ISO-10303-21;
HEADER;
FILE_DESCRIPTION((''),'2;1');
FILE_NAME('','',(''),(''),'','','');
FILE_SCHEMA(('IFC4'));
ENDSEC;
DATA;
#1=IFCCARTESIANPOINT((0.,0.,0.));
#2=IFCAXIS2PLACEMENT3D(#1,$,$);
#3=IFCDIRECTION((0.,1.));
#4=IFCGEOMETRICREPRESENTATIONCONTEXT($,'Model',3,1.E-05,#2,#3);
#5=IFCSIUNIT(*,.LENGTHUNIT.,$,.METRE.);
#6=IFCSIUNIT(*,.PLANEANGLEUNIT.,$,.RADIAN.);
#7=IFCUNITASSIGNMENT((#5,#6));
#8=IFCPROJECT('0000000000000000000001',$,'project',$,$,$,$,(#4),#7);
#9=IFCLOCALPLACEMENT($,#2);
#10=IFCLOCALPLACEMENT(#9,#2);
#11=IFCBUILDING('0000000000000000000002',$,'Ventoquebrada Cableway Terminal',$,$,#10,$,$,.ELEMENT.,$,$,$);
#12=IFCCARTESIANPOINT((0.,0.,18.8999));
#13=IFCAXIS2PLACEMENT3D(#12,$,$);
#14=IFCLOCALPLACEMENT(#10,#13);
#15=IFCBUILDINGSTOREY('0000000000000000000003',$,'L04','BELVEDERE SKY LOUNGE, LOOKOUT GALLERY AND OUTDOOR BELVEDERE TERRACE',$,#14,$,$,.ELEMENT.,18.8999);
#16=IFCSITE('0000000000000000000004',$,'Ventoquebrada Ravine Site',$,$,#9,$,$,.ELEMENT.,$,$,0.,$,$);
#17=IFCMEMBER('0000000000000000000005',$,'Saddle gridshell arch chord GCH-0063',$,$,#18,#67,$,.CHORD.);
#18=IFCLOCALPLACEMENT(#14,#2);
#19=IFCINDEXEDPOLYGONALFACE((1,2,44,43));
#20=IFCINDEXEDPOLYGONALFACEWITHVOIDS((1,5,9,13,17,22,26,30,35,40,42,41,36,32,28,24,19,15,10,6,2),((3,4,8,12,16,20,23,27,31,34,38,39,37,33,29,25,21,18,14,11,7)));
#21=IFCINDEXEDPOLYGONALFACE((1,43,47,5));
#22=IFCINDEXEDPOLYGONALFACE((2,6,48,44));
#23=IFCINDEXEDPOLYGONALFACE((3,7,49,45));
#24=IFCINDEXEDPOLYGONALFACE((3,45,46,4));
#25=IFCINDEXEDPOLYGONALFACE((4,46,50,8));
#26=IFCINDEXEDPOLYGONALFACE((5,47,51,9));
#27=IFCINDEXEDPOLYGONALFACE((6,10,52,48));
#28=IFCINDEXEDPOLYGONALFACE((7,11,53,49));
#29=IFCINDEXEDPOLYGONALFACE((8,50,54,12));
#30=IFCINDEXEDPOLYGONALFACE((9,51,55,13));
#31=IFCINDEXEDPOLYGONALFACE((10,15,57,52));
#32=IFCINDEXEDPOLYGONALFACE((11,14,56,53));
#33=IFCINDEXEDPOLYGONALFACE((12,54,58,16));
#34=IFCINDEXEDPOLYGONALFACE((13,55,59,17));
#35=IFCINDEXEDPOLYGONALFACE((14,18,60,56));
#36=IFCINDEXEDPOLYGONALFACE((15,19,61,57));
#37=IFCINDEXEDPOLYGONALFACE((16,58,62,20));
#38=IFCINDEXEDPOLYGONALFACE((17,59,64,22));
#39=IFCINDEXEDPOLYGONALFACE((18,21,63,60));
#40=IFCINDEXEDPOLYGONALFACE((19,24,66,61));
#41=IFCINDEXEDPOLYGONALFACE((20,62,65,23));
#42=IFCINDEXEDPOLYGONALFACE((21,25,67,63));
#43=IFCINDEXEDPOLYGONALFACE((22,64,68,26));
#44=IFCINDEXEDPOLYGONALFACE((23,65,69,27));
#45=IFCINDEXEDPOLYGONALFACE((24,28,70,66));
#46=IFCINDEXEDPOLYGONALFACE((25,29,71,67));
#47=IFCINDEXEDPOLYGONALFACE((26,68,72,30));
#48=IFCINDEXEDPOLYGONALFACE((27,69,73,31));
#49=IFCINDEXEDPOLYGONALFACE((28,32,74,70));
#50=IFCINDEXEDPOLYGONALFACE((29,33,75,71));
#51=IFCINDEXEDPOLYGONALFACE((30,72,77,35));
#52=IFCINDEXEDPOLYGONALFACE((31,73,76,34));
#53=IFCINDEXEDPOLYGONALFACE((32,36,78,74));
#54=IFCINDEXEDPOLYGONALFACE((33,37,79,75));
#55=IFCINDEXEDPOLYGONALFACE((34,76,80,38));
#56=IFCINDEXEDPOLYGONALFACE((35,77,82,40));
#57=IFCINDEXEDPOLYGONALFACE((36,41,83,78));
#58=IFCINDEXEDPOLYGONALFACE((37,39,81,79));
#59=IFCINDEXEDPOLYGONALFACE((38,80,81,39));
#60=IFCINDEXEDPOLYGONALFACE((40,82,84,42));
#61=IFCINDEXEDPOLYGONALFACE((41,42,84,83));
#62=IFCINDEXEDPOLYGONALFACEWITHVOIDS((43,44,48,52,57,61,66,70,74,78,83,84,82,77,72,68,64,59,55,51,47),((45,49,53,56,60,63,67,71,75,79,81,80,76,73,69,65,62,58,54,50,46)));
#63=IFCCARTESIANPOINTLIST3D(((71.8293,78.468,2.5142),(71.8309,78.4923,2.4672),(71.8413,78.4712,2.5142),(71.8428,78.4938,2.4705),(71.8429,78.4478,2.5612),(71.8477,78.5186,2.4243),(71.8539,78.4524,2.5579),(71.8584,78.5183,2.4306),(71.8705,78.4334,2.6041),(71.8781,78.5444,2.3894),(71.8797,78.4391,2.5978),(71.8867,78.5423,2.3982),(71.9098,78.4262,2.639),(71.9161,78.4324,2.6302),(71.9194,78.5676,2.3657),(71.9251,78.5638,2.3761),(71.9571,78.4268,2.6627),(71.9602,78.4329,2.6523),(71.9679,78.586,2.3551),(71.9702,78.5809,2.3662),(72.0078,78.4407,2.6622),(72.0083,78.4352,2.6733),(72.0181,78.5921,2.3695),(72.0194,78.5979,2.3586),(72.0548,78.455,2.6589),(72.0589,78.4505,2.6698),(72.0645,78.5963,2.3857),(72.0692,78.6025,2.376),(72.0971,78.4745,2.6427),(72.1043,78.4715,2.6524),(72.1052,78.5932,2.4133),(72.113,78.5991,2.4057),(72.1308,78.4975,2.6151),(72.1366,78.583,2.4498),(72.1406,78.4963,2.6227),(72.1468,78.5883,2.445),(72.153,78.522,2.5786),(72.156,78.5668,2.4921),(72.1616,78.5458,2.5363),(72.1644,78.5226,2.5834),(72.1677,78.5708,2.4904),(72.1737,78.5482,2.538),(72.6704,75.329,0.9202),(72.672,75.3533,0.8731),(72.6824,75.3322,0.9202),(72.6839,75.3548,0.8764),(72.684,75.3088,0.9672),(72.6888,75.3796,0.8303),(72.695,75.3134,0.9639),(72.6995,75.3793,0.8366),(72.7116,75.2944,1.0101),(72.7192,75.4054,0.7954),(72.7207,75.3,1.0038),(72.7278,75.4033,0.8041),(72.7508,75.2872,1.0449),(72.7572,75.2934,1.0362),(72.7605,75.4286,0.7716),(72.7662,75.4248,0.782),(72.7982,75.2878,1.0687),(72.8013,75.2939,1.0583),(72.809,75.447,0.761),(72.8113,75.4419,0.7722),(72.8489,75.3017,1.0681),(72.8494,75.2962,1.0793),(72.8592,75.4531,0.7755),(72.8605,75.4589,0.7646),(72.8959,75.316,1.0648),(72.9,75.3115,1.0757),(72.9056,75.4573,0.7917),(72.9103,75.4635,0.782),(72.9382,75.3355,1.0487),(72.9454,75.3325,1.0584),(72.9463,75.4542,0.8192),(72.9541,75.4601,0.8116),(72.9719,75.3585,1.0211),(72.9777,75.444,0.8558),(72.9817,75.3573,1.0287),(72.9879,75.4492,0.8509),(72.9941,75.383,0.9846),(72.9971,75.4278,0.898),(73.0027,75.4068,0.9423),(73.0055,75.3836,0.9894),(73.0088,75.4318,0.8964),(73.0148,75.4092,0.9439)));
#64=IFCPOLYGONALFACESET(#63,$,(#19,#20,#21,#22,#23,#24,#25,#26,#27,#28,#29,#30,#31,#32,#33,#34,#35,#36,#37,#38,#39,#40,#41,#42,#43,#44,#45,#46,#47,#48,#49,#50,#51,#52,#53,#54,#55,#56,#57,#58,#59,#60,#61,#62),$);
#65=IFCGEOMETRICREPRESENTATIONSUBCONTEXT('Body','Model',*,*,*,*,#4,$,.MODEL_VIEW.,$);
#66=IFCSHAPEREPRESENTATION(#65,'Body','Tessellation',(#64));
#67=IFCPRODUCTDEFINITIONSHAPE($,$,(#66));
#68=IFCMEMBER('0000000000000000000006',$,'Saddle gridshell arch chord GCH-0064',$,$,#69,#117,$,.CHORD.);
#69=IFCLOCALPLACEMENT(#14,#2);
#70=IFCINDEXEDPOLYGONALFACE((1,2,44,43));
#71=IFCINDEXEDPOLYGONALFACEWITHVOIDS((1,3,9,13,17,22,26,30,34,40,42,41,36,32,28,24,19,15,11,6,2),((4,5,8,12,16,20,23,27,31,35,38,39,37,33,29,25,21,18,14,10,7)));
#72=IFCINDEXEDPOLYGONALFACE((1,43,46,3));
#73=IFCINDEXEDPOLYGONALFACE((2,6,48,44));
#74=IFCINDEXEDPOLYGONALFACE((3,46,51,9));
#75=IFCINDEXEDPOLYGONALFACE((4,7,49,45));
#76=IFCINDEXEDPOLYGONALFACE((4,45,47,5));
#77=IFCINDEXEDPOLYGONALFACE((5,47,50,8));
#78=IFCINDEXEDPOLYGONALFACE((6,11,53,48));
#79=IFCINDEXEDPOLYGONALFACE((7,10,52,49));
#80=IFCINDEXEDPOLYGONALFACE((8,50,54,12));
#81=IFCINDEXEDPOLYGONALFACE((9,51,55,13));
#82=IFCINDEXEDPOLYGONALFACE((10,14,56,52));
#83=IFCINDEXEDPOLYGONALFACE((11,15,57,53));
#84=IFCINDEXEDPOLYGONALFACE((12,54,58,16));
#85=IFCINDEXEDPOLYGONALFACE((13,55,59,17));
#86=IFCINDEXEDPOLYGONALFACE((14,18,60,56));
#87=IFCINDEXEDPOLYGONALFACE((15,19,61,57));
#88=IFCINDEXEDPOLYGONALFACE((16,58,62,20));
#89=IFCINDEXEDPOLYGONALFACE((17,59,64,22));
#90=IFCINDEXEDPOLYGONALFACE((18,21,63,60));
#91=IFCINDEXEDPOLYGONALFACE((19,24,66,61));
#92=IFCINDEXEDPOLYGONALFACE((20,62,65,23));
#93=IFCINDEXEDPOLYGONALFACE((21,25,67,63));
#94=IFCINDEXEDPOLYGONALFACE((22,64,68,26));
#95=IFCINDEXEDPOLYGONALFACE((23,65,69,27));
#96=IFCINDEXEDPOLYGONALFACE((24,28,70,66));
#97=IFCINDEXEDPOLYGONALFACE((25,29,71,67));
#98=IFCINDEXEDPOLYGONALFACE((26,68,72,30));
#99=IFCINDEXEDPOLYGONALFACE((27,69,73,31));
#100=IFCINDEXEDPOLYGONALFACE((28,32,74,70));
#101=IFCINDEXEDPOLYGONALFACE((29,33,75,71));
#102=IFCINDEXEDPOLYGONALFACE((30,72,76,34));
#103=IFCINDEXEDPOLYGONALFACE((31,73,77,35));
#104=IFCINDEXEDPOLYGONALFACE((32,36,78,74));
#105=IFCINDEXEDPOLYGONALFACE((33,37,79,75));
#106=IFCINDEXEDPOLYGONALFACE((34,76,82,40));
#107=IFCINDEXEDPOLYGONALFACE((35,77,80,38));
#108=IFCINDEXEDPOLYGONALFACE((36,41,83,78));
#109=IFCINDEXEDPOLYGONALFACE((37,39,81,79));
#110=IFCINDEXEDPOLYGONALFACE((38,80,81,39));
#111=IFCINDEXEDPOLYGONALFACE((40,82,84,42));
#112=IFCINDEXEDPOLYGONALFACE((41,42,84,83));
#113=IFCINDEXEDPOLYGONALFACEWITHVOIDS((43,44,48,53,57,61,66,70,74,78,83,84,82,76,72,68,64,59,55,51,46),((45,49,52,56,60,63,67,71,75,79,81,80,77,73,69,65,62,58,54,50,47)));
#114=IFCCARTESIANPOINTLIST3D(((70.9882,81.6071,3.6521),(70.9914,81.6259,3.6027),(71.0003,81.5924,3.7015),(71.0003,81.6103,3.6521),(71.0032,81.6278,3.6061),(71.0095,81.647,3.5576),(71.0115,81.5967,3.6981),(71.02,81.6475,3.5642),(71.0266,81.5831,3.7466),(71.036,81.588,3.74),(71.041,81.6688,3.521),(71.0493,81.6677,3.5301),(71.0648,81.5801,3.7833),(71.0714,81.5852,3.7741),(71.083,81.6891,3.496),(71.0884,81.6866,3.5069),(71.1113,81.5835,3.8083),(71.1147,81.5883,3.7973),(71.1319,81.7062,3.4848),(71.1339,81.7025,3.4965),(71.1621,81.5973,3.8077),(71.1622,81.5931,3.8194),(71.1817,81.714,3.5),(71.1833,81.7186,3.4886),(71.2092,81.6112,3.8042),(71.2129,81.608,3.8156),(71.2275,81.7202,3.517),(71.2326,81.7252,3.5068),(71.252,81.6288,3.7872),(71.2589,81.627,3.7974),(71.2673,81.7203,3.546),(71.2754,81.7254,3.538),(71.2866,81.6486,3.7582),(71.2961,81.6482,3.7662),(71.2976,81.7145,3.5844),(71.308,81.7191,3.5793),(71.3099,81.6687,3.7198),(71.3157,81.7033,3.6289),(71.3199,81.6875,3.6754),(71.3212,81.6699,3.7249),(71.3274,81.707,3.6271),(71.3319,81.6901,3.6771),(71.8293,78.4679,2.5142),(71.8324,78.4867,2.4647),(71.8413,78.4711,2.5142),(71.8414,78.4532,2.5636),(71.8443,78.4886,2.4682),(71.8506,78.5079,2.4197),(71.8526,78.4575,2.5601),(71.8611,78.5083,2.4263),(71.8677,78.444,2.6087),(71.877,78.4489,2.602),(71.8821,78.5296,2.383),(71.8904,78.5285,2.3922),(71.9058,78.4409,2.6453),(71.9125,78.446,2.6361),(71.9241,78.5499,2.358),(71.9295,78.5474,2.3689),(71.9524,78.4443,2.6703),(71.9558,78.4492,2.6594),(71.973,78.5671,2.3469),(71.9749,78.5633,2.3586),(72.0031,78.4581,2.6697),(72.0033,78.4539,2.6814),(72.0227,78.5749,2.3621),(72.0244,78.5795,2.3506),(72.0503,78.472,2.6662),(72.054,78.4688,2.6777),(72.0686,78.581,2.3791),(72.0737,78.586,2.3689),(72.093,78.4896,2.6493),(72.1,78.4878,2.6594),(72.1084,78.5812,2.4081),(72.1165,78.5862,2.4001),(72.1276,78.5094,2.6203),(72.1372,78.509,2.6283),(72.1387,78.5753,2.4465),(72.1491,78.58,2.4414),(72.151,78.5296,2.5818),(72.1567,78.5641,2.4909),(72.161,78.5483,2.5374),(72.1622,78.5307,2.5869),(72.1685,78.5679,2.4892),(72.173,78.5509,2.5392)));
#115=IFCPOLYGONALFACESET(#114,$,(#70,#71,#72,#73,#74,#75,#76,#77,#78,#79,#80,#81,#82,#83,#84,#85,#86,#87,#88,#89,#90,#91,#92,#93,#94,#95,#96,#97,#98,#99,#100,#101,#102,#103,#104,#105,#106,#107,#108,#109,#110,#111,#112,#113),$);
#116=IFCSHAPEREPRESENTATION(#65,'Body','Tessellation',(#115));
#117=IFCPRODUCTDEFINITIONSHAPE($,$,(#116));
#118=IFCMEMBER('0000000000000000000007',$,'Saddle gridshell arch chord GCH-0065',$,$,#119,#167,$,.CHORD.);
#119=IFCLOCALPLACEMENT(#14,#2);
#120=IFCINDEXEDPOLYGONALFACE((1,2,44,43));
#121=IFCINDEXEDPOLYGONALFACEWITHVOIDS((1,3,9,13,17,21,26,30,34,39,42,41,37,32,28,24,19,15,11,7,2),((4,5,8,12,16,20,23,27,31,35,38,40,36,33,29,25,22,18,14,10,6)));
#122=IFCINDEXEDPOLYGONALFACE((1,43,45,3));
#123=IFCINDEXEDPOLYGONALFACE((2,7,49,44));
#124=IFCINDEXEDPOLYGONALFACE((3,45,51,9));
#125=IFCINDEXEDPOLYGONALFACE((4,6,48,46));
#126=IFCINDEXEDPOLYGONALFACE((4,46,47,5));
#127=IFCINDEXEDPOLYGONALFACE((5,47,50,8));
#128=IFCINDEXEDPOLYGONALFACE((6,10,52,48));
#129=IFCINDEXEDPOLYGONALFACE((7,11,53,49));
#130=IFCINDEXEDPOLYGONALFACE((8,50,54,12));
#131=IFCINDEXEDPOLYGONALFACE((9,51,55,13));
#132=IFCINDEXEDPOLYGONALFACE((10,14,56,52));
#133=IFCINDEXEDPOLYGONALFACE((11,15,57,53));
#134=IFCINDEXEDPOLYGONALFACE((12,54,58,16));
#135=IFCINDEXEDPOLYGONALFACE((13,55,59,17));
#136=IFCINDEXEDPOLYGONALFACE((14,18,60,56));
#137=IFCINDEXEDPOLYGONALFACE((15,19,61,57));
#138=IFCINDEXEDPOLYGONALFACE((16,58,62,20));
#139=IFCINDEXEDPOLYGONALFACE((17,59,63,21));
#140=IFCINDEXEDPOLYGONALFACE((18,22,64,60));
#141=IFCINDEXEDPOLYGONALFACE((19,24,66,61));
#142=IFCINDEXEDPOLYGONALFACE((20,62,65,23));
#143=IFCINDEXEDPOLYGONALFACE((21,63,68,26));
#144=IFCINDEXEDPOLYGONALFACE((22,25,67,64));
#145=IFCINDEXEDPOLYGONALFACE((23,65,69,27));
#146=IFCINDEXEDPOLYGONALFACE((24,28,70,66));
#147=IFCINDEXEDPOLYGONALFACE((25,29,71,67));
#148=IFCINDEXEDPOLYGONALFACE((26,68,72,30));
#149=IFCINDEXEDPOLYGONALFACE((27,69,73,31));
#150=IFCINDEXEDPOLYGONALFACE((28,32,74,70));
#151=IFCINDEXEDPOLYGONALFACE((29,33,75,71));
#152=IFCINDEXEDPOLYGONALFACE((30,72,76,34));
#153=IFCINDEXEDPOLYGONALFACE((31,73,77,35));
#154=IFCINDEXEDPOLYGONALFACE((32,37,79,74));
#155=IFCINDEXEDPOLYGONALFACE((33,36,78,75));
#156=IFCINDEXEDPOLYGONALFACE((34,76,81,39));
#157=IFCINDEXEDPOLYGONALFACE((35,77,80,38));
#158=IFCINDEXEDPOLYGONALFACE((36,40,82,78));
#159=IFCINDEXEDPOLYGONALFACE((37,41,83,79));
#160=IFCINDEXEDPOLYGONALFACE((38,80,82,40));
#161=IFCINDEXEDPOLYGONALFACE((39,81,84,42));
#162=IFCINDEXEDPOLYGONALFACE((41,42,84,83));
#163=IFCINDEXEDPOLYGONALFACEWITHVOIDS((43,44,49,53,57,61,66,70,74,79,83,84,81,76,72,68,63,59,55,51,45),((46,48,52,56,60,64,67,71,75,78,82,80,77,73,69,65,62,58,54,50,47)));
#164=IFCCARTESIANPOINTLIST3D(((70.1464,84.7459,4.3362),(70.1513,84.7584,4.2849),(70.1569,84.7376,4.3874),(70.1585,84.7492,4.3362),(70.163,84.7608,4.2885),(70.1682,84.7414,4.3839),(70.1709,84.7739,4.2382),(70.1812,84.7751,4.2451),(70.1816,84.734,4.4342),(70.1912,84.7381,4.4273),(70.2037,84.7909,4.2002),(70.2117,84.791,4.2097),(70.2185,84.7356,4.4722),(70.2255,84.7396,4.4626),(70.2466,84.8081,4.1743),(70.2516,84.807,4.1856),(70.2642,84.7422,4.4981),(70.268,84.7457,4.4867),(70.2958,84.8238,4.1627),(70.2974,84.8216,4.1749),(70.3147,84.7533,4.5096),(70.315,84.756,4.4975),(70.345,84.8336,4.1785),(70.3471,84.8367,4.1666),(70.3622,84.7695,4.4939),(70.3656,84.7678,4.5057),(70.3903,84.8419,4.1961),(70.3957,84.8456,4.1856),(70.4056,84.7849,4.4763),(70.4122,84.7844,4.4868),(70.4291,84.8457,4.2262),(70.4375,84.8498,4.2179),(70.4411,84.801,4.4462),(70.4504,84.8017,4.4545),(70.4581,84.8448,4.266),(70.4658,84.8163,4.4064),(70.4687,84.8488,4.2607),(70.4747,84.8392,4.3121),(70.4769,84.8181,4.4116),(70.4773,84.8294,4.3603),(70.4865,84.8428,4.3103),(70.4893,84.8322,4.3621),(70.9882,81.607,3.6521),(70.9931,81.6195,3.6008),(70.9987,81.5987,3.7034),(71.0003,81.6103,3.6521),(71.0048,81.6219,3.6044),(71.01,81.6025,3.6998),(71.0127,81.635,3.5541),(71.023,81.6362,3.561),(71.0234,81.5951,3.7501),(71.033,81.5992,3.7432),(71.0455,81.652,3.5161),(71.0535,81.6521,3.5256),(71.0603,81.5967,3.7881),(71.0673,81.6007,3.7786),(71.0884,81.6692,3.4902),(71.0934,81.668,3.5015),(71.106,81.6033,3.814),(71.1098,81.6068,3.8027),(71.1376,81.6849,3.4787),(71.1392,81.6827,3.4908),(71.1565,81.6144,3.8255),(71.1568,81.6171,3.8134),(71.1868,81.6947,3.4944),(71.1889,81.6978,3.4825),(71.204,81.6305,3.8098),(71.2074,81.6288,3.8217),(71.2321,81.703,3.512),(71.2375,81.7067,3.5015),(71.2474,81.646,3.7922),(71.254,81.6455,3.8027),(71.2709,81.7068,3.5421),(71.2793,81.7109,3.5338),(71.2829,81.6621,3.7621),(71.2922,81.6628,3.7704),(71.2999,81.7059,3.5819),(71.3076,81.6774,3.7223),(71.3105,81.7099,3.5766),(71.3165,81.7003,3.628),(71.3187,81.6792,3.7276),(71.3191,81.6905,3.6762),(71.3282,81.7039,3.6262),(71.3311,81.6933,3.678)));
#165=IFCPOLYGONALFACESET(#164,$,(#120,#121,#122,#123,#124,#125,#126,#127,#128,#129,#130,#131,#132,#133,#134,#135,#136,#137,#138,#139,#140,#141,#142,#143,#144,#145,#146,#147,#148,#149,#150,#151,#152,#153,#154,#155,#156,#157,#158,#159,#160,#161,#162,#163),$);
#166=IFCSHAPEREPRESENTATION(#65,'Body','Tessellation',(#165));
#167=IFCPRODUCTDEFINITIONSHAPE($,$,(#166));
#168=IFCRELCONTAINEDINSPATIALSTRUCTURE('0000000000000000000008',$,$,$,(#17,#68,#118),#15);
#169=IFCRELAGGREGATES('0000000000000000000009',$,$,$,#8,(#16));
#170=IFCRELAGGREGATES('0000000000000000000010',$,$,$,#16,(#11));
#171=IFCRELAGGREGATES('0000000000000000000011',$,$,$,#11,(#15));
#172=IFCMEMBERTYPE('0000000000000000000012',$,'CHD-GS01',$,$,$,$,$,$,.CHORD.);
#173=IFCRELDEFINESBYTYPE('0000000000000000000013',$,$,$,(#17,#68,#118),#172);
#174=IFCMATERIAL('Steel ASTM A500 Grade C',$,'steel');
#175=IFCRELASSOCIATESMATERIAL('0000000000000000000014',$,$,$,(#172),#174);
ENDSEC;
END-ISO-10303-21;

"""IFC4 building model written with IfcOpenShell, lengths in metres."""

from ifc_helpers import new_model, si_unit, direction, frame, origin, origin_2d, place, context, subcontext, project, spatial, hollow_circle, extrude, material, material_profile, profile_set, type_object, element, save


model = new_model("IFC4")

# Units and contexts
model_context = context("Model", 3, precision=1e-05, world=origin(), true_north=direction((0.0, 1.0)))
body_context = subcontext(model_context, "Body", "Model", "MODEL_VIEW")
ifc_project = project(units=[si_unit("LENGTHUNIT", "METRE"), si_unit("PLANEANGLEUNIT", "RADIAN")], contexts=[model_context])

# Site, building, storey
site_placement = place(None, origin())
site = spatial("IfcSite", under=ifc_project, at=site_placement, Name="Ventoquebrada Ravine Site", CompositionType="ELEMENT", RefElevation=0.0)
building_placement = place(site_placement, origin())
building = spatial("IfcBuilding", under=site, at=building_placement, Name="Ventoquebrada Cableway Terminal", CompositionType="ELEMENT")
storey_placement = place(building_placement, frame((0.0, 0.0, 18.8999)))
storey = spatial("IfcBuildingStorey", under=building, at=storey_placement, Name="L04", Description="BELVEDERE SKY LOUNGE, LOOKOUT GALLERY AND OUTDOOR BELVEDERE TERRACE", CompositionType="ELEMENT", Elevation=18.8999)

# Members
ifc_material_1 = material(Name="Steel ASTM A500 Grade C", Category="steel")
ifc_material_profile_1 = material_profile(ifc_material_1, hollow_circle(Radius=0.1777, WallThickness=0.0125, at=origin_2d()), Name="CHS355.6X12.5")
ifc_profile_set_1 = profile_set([ifc_material_profile_1], Name="Steel ASTM A500 Grade C")
member_type_1 = type_object("IfcMemberType", Name="CHD-GS01", PredefinedType="CHORD", material=ifc_profile_set_1)
member_1_placement = place(storey_placement, frame((72.842, 75.375, 0.9202), z_axis=(-0.232368, 0.867216, 0.440387), x_axis=(-0.965926, -0.258817, 0.0)))
element("IfcMember", 1, at=member_1_placement, inside=storey, type_object=member_type_1, Name="Saddle gridshell arch chord GCH-0063", PredefinedType="CHORD", context=body_context, shape_type="SweptSolid", body=[
    extrude(hollow_circle(Radius=0.1777, WallThickness=0.0125, at=origin_2d()), origin(), (0.0, 0.0, 1.0), 3.6196),
])
member_2_placement = place(storey_placement, frame((72.001, 78.5139, 2.5142), z_axis=(-0.244258, 0.91166, 0.330475), x_axis=(-0.965931, -0.258799, 0.0)))
element("IfcMember", 2, at=member_2_placement, inside=storey, type_object=member_type_1, Name="Saddle gridshell arch chord GCH-0064", PredefinedType="CHORD", context=body_context, shape_type="SweptSolid", body=[
    extrude(hollow_circle(Radius=0.1777, WallThickness=0.0125, at=origin_2d()), origin(), (0.0, 0.0, 1.0), 3.4434),
])
member_3_placement = place(storey_placement, frame((71.1599, 81.6531, 3.6521), z_axis=(-0.253473, 0.945157, 0.205984), x_axis=(-0.96587, -0.259028, 0.0)))
element("IfcMember", 3, at=member_3_placement, inside=storey, type_object=member_type_1, Name="Saddle gridshell arch chord GCH-0065", PredefinedType="CHORD", context=body_context, shape_type="SweptSolid", body=[
    extrude(hollow_circle(Radius=0.1777, WallThickness=0.0125, at=origin_2d()), origin(), (0.0, 0.0, 1.0), 3.321),
])

save(model, "model.ifc")
